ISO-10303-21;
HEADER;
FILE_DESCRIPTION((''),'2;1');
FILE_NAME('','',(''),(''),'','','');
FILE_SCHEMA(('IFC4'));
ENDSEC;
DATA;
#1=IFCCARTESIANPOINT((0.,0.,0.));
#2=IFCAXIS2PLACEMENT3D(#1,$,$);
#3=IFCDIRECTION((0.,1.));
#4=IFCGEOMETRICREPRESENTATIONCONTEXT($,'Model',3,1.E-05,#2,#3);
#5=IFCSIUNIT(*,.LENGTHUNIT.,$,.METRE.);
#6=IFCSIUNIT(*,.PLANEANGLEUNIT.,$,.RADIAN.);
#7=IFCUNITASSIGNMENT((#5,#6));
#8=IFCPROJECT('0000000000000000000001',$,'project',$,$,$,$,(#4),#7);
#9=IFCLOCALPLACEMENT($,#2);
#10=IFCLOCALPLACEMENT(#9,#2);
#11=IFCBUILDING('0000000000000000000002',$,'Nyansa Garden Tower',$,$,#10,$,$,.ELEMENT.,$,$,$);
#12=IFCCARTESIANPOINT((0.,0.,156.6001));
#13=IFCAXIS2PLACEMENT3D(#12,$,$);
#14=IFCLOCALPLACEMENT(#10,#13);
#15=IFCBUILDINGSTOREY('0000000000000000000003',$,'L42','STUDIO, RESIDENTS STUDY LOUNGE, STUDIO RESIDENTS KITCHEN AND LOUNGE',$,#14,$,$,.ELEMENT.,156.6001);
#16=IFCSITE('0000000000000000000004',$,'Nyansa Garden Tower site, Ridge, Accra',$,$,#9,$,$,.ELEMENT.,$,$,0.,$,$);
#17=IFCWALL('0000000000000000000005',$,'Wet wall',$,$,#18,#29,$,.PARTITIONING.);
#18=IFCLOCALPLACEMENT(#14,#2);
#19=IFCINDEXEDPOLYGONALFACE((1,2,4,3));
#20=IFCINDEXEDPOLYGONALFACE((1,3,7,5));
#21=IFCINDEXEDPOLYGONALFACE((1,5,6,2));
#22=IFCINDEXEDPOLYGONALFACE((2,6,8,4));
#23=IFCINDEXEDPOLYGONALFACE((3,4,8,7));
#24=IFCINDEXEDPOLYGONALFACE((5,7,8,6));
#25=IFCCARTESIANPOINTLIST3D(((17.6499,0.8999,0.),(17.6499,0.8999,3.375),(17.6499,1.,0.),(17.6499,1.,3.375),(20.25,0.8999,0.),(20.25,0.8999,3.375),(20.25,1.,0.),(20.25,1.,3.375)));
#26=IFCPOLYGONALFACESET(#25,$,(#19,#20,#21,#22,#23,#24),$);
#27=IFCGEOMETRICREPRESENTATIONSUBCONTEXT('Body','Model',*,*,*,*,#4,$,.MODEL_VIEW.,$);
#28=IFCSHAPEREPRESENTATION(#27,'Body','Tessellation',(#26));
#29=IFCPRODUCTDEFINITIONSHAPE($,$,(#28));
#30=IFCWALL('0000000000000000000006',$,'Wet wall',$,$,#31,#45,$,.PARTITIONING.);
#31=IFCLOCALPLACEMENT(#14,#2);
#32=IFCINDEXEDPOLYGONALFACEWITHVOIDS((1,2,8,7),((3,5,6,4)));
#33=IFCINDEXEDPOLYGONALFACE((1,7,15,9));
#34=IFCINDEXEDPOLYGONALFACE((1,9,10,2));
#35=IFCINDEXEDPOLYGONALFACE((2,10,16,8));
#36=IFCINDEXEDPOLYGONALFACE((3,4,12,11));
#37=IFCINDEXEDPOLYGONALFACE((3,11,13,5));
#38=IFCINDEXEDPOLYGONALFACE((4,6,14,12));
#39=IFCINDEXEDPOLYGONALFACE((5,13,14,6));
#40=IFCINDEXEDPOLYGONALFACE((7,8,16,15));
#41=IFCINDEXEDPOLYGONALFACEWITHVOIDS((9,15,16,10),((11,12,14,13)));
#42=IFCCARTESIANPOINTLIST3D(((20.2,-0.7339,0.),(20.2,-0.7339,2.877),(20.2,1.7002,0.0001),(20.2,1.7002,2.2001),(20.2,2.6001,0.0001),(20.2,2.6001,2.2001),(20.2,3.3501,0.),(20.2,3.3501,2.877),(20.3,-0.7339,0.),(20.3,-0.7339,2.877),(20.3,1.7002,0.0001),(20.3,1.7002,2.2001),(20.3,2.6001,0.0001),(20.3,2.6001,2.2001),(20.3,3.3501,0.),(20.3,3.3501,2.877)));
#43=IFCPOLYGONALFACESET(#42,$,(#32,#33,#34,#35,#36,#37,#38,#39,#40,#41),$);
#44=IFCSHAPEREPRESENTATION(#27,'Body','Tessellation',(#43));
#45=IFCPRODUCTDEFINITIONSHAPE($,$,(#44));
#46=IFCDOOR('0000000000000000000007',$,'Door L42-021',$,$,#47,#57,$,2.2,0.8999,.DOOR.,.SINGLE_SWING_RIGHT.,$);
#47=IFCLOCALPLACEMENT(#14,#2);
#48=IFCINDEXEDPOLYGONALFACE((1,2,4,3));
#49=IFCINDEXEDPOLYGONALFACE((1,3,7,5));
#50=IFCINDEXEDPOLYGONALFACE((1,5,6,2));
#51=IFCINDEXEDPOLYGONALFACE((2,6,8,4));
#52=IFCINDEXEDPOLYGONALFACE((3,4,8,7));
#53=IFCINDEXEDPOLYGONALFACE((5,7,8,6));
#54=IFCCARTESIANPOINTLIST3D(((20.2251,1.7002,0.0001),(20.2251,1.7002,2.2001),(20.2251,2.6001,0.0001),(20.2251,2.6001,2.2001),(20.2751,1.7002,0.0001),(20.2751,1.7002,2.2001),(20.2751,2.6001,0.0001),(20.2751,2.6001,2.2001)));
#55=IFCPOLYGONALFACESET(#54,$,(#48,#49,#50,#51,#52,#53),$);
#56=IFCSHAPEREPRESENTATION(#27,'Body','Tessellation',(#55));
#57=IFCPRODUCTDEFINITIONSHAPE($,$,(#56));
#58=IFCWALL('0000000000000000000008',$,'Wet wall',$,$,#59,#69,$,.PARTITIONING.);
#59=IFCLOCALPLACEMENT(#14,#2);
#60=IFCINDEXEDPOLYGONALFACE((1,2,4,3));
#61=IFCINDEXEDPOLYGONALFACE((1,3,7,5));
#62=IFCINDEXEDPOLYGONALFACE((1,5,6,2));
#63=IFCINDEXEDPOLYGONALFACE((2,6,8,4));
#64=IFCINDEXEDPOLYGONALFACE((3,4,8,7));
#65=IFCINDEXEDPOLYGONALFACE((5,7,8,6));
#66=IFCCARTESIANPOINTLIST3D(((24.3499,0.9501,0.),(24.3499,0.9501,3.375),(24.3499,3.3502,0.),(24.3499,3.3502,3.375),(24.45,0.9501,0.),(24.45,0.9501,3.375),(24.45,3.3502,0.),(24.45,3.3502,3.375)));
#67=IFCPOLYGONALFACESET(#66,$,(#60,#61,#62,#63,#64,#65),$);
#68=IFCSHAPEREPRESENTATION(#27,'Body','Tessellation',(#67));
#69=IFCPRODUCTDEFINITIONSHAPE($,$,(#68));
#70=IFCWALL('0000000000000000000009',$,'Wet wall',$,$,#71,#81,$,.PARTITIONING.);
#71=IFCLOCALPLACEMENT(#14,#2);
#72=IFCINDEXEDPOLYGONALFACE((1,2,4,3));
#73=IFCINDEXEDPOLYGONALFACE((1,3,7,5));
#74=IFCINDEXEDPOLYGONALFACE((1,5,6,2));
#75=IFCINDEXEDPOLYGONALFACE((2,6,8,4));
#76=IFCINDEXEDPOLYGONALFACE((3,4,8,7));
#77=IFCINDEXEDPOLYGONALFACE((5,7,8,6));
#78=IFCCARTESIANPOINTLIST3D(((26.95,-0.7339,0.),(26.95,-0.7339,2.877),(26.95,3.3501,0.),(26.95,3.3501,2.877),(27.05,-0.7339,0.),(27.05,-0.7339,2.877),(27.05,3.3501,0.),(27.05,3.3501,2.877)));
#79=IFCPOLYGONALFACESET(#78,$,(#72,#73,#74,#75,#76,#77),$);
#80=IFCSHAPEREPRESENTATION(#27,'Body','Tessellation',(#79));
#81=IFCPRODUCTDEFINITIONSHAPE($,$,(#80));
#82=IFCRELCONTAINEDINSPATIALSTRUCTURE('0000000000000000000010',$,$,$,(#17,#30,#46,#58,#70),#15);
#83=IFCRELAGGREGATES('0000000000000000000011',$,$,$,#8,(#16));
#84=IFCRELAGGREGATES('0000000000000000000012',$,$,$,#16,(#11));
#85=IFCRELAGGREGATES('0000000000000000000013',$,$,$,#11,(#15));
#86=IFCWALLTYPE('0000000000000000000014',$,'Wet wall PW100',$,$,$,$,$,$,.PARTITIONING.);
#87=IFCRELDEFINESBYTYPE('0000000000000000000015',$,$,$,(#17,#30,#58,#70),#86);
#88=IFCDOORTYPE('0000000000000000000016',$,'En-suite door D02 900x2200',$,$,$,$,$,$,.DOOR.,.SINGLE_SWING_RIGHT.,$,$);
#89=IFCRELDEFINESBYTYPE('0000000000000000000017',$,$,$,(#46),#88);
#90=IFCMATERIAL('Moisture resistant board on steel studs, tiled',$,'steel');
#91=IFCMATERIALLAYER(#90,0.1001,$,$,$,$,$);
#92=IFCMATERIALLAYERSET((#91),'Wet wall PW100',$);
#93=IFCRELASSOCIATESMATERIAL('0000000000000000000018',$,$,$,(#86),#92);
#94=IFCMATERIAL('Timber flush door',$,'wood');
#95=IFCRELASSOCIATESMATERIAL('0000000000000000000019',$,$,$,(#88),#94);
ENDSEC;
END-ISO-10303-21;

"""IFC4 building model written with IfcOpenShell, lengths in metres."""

from ifc_helpers import new_model, si_unit, direction, frame, frame_2d, origin, place, context, subcontext, project, spatial, rectangle, extrude, material, layer, layer_set, type_object, element, fill, save


model = new_model("IFC4")

# Units and contexts
model_context = context("Model", 3, precision=1e-05, world=origin(), true_north=direction((0.0, 1.0)))
body_context = subcontext(model_context, "Body", "Model", "MODEL_VIEW")
ifc_project = project(units=[si_unit("LENGTHUNIT", "METRE"), si_unit("PLANEANGLEUNIT", "RADIAN")], contexts=[model_context])

# Site, building, storey
site_placement = place(None, origin())
site = spatial("IfcSite", under=ifc_project, at=site_placement, Name="Nyansa Garden Tower site, Ridge, Accra", CompositionType="ELEMENT", RefElevation=0.0)
building_placement = place(site_placement, origin())
building = spatial("IfcBuilding", under=site, at=building_placement, Name="Nyansa Garden Tower", CompositionType="ELEMENT")
storey_placement = place(building_placement, frame((0.0, 0.0, 156.6001)))
storey = spatial("IfcBuildingStorey", under=building, at=storey_placement, Name="L42", Description="STUDIO, RESIDENTS STUDY LOUNGE, STUDIO RESIDENTS KITCHEN AND LOUNGE", CompositionType="ELEMENT", Elevation=156.6001)

# Wall
ifc_material_1 = material(Name="Moisture resistant board on steel studs, tiled", Category="steel")
ifc_layer_1 = layer(ifc_material_1, 0.1001)
ifc_layer_set_1 = layer_set([ifc_layer_1], Name="Wet wall PW100")
wall_type_1 = type_object("IfcWallType", Name="Wet wall PW100", PredefinedType="PARTITIONING", material=ifc_layer_set_1)
wall_1_placement = place(storey_placement, frame((17.6499, 0.95, 0.0), z_axis=(0.0, 0.0, 1.0), x_axis=(1.0, 0.0, 0.0)))
element("IfcWall", 1, at=wall_1_placement, inside=storey, type_object=wall_type_1, Name="Wet wall", PredefinedType="PARTITIONING", context=body_context, shape_type="SweptSolid", body=[
    extrude(rectangle(XDim=2.6001, YDim=0.1001, at=frame_2d((1.3, 0.0))), origin(), (0.0, 0.0, 1.0), 3.375),
])

# Wall, opening, door
wall_2_placement = place(storey_placement, frame((20.25, -0.7339, 0.0), z_axis=(0.0, 0.0, 1.0), x_axis=(0.0, 1.0, 0.0)))
wall_2 = element("IfcWall", 2, at=wall_2_placement, inside=storey, type_object=wall_type_1, Name="Wet wall", PredefinedType="PARTITIONING", context=body_context, shape_type="SweptSolid", body=[
    extrude(rectangle(XDim=4.084, YDim=0.1001, at=frame_2d((2.042, 0.0))), origin(), (0.0, 0.0, 1.0), 2.877),
])
opening_1_placement = place(wall_2_placement, frame((2.4341, 0.0, 0.0)))
opening_1 = element("IfcOpeningElement", 3, at=opening_1_placement, cuts=wall_2, PredefinedType="OPENING", context=body_context, shape_type="SweptSolid", body=[
    extrude(rectangle(XDim=0.8999, YDim=2.2, at=frame_2d((0.45, 1.1001))), frame((0.0, 0.0601, 0.0), z_axis=(0.0, -1.0, 0.0), x_axis=(1.0, 0.0, 0.0)), (0.0, 0.0, 1.0), 0.1201),
])
ifc_material_2 = material(Name="Timber flush door", Category="wood")
door_type_1 = type_object("IfcDoorType", Name="En-suite door D02 900x2200", OperationType="SINGLE_SWING_RIGHT", PredefinedType="DOOR", material=ifc_material_2)
door_1_placement = place(opening_1_placement, origin())
door_1 = element("IfcDoor", 4, at=door_1_placement, inside=storey, type_object=door_type_1, Name="Door L42-021", OperationType="SINGLE_SWING_RIGHT", OverallHeight=2.2, OverallWidth=0.8999, PredefinedType="DOOR", context=body_context, shape_type="SweptSolid", body=[
    extrude(rectangle(XDim=0.8999, YDim=2.2, at=frame_2d((0.45, 1.1001))), frame((0.0, 0.0249, 0.0), z_axis=(0.0, -1.0, 0.0), x_axis=(1.0, 0.0, 0.0)), (0.0, 0.0, 1.0), 0.05),
])
fill(opening_1, door_1)

# Walls
wall_3_placement = place(storey_placement, frame((24.3999, 0.95, 0.0), z_axis=(0.0, 0.0, 1.0), x_axis=(0.0, 1.0, 0.0)))
element("IfcWall", 5, at=wall_3_placement, inside=storey, type_object=wall_type_1, Name="Wet wall", PredefinedType="PARTITIONING", context=body_context, shape_type="SweptSolid", body=[
    extrude(rectangle(XDim=2.4001, YDim=0.1001, at=frame_2d((1.2002, 0.0))), origin(), (0.0, 0.0, 1.0), 3.375),
])
wall_4_placement = place(storey_placement, frame((27.0, -0.7339, 0.0), z_axis=(0.0, 0.0, 1.0), x_axis=(0.0, 1.0, 0.0)))
element("IfcWall", 6, at=wall_4_placement, inside=storey, type_object=wall_type_1, Name="Wet wall", PredefinedType="PARTITIONING", context=body_context, shape_type="SweptSolid", body=[
    extrude(rectangle(XDim=4.084, YDim=0.1001, at=frame_2d((2.042, 0.0))), origin(), (0.0, 0.0, 1.0), 2.877),
])

save(model, "model.ifc")
